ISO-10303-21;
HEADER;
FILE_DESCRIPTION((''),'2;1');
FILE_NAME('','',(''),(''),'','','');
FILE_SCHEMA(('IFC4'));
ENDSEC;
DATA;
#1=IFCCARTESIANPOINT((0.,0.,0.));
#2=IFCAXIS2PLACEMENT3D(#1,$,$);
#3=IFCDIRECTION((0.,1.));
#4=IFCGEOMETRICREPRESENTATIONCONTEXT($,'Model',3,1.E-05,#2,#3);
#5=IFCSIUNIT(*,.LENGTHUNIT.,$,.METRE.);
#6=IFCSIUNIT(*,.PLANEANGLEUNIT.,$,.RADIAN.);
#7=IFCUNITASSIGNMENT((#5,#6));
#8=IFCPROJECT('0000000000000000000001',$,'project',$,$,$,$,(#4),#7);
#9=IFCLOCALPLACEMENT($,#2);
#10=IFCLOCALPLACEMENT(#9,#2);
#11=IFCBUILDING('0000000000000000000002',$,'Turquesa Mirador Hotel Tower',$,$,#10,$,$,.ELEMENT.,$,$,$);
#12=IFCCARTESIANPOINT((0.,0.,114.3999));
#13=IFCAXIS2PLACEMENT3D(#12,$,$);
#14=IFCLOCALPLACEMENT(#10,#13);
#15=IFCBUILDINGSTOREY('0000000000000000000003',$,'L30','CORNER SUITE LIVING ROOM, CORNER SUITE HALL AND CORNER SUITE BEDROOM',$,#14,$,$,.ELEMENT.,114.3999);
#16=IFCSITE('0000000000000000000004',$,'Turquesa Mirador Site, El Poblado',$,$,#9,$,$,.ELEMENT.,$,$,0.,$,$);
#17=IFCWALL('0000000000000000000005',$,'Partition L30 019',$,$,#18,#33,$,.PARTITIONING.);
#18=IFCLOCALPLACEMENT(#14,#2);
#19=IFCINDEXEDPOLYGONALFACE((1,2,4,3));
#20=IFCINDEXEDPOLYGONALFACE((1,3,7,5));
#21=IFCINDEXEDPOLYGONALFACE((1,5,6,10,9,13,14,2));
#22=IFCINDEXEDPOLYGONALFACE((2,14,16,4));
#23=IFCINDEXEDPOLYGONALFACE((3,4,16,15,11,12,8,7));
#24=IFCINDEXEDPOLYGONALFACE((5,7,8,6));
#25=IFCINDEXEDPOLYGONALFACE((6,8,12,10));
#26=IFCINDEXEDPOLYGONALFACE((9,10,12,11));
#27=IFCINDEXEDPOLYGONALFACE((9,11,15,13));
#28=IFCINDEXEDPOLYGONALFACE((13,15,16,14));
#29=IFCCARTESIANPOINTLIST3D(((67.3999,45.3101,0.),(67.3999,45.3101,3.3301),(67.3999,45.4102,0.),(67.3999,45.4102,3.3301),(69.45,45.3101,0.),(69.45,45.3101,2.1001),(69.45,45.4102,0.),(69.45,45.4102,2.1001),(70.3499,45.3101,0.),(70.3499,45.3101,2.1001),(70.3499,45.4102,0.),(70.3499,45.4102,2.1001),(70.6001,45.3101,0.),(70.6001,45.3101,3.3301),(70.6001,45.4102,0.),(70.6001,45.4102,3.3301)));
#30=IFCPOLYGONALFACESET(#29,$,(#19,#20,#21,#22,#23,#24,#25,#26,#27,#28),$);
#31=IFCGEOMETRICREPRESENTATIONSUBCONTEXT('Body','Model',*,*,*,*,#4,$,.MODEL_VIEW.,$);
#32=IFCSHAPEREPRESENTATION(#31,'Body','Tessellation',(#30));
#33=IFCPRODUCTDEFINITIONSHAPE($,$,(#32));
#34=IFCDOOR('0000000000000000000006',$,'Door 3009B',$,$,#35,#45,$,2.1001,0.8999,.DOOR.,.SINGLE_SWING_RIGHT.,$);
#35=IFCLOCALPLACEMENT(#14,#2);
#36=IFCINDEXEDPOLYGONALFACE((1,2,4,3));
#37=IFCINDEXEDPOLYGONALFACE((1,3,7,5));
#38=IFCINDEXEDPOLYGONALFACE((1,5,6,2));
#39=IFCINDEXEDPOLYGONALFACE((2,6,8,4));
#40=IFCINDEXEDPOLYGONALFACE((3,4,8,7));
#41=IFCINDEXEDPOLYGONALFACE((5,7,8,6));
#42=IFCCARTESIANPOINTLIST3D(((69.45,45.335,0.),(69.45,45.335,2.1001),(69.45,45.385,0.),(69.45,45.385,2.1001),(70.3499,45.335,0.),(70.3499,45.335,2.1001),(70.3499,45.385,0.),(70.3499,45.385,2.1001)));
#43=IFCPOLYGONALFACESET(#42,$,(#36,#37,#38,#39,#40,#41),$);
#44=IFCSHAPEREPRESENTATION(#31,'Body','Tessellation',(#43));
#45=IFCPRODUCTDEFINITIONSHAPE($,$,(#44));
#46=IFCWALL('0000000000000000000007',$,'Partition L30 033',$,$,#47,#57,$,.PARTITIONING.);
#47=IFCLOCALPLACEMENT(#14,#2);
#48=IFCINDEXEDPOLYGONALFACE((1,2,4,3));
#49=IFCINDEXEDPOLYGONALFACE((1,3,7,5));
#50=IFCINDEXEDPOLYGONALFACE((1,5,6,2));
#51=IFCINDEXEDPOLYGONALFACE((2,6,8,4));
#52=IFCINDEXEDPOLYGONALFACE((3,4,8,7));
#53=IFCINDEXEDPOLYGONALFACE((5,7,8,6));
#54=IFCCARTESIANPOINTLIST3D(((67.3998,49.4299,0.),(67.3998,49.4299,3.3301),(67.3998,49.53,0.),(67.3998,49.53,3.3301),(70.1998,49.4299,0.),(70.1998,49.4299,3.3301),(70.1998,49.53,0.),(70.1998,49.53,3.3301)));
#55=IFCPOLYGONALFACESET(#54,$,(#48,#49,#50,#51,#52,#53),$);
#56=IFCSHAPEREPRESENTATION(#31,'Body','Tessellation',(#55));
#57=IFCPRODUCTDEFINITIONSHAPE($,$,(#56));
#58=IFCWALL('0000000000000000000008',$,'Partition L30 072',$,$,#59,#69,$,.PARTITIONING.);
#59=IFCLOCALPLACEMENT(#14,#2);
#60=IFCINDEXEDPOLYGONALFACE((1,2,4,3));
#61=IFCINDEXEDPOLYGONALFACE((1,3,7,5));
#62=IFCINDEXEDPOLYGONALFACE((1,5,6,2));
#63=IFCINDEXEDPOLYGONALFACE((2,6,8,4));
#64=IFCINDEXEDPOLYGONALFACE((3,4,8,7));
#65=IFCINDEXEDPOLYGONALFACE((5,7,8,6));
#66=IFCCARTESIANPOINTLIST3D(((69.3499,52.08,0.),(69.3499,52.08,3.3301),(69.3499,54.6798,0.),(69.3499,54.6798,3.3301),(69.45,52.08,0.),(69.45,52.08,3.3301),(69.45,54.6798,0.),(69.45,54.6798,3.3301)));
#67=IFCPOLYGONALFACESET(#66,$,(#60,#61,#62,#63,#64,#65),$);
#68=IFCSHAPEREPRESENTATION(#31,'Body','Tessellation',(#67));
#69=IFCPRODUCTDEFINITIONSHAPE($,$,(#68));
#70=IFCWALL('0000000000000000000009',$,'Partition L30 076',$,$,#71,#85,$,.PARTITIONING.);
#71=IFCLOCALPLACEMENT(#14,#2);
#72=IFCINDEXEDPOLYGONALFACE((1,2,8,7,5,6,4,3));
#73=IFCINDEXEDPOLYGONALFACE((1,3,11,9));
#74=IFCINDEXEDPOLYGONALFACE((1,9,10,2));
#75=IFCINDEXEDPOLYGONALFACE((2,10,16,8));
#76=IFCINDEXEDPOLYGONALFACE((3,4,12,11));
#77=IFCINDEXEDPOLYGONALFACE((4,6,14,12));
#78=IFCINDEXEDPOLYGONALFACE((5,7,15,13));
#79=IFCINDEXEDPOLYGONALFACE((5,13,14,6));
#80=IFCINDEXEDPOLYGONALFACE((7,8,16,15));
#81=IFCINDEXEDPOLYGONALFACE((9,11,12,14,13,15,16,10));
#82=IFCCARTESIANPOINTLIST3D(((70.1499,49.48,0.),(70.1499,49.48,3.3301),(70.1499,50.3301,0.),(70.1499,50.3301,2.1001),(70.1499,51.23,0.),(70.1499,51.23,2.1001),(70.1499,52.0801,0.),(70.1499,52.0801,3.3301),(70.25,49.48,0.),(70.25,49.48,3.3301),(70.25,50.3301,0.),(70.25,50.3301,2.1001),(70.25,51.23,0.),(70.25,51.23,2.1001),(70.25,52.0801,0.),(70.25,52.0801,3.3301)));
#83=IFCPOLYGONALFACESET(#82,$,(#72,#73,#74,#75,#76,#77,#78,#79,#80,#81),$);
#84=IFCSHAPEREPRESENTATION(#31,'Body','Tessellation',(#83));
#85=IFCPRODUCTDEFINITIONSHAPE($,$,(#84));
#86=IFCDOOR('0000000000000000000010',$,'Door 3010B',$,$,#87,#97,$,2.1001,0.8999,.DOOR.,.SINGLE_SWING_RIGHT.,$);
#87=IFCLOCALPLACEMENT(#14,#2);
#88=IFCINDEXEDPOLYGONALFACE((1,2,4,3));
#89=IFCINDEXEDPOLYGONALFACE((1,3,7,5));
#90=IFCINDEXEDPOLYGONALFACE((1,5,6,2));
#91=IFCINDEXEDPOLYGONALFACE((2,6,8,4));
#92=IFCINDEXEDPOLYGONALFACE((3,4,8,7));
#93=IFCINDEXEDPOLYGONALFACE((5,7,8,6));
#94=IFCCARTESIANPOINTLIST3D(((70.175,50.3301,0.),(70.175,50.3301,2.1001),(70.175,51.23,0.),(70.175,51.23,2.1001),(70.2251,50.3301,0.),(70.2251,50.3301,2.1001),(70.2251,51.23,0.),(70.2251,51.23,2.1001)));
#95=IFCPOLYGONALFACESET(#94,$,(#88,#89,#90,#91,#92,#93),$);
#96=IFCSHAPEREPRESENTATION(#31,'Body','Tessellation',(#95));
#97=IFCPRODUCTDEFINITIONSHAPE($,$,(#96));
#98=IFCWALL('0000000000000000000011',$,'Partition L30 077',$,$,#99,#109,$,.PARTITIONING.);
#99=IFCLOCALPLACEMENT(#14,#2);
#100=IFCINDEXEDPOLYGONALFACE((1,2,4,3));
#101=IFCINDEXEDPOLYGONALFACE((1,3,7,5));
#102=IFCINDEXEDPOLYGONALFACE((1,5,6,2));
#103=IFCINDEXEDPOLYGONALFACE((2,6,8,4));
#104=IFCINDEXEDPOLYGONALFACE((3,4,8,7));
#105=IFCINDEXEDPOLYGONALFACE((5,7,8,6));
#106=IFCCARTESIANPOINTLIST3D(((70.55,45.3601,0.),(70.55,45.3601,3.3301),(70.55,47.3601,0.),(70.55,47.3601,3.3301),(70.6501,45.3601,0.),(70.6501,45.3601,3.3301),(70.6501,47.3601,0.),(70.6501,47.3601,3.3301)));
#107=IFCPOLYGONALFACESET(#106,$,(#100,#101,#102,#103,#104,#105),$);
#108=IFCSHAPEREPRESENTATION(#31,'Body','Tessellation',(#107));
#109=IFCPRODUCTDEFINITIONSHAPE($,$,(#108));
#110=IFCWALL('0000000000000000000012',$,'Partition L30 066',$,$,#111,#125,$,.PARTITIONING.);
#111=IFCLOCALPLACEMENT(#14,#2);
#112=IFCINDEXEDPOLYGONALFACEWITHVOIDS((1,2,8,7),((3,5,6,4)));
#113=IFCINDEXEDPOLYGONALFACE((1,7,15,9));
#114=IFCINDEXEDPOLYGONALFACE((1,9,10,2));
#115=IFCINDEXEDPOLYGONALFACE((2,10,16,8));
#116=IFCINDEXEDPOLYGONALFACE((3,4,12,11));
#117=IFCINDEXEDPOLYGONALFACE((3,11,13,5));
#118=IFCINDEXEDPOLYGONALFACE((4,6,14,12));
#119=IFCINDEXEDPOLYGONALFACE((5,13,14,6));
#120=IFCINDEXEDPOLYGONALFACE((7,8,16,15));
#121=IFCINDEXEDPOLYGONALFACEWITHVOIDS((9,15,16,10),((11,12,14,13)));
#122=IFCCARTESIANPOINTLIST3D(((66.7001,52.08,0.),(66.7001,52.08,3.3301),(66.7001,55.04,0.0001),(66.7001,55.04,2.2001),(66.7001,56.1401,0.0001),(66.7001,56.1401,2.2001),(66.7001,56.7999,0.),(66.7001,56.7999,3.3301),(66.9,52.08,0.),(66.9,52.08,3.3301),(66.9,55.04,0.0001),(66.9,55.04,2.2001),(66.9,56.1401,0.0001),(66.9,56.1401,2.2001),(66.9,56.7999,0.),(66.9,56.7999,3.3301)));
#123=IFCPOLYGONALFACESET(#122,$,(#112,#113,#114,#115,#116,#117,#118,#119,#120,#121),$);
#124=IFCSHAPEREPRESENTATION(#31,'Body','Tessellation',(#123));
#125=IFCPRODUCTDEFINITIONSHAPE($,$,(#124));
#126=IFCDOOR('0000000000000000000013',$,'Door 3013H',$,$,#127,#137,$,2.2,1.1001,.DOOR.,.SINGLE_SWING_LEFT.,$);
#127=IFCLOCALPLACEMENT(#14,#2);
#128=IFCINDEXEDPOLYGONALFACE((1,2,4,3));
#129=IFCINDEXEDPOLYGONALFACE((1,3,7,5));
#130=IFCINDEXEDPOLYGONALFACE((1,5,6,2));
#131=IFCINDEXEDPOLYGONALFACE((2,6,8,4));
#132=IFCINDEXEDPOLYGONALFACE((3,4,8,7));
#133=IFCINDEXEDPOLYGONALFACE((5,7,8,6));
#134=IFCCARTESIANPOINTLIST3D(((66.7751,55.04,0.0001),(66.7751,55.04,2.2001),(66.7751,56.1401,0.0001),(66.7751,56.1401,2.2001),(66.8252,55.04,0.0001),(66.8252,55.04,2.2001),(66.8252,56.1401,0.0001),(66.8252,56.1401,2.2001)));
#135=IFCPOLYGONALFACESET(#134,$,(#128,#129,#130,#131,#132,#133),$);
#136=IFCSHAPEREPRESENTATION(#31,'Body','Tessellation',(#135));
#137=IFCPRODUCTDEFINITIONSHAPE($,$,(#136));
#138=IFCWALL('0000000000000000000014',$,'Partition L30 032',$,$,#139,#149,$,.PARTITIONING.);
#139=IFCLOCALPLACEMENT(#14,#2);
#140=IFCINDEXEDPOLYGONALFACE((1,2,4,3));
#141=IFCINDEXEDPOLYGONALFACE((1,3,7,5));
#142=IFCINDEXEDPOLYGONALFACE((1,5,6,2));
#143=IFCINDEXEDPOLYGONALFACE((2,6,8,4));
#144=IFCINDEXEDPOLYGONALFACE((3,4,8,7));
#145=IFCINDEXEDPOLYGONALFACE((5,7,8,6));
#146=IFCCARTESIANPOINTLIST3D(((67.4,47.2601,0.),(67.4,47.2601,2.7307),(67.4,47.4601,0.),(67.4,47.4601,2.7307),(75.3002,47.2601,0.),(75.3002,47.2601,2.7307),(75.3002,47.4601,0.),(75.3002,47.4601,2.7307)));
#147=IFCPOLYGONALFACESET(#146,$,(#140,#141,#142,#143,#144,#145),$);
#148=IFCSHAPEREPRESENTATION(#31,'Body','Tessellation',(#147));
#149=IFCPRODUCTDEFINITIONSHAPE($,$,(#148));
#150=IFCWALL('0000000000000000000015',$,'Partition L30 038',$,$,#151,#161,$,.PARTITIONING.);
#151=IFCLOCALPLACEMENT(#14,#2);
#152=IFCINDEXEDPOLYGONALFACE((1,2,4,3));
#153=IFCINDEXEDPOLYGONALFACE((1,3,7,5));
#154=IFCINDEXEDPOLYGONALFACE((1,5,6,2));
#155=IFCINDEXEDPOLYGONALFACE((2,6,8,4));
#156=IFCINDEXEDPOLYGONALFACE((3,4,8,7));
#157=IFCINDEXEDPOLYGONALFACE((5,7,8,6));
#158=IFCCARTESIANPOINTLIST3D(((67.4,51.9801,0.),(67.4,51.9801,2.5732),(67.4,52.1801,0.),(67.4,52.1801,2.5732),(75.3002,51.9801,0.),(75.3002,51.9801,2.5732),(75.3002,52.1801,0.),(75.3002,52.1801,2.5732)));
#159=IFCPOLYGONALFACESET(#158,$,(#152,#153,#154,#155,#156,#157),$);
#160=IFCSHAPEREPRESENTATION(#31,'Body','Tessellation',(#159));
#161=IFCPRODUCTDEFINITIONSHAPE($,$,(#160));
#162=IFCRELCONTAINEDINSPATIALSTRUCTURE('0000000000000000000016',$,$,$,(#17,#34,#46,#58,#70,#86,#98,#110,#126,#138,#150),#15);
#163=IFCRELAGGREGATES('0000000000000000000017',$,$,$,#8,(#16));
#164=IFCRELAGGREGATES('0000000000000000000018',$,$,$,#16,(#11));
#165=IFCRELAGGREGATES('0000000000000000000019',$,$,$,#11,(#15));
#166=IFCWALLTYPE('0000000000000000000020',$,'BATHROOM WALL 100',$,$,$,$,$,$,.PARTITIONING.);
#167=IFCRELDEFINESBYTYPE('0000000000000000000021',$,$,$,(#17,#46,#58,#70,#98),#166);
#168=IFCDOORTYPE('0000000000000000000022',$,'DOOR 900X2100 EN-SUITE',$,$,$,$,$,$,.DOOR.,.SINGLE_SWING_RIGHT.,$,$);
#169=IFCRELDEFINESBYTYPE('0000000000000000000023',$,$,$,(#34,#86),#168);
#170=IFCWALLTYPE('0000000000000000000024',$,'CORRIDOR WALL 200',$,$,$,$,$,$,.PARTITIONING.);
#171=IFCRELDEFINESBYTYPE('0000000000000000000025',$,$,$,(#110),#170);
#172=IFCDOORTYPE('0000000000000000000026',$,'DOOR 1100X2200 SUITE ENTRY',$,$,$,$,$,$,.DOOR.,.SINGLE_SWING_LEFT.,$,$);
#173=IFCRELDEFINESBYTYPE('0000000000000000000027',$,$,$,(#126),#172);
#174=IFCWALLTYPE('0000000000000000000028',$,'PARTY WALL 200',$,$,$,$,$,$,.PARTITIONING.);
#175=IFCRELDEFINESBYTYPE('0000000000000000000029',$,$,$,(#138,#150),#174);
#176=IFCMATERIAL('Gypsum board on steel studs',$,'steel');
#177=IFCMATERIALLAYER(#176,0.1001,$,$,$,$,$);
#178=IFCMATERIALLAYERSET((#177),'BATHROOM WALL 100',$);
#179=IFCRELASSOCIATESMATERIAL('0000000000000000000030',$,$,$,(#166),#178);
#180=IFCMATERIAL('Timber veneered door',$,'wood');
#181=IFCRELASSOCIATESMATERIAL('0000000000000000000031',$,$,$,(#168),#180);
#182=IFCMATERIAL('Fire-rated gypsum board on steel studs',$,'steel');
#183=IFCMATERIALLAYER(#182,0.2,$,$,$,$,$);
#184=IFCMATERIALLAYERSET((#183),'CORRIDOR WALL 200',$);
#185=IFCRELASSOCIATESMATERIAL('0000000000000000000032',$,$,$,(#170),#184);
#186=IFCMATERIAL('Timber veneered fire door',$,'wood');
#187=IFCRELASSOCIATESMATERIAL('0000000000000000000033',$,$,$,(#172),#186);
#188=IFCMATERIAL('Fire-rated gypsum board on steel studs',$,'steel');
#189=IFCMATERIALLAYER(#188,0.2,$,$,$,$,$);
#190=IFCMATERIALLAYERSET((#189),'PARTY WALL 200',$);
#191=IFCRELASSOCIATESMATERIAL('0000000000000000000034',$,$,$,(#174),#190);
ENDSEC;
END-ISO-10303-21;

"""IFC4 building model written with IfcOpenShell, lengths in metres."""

from ifc_helpers import new_model, si_unit, direction, frame, frame_2d, origin, place, context, subcontext, project, spatial, rectangle, extrude, material, layer, layer_set, type_object, element, fill, save


model = new_model("IFC4")

# Units and contexts
model_context = context("Model", 3, precision=1e-05, world=origin(), true_north=direction((0.0, 1.0)))
body_context = subcontext(model_context, "Body", "Model", "MODEL_VIEW")
ifc_project = project(units=[si_unit("LENGTHUNIT", "METRE"), si_unit("PLANEANGLEUNIT", "RADIAN")], contexts=[model_context])

# Site, building, storey
site_placement = place(None, origin())
site = spatial("IfcSite", under=ifc_project, at=site_placement, Name="Turquesa Mirador Site, El Poblado", CompositionType="ELEMENT", RefElevation=0.0)
building_placement = place(site_placement, origin())
building = spatial("IfcBuilding", under=site, at=building_placement, Name="Turquesa Mirador Hotel Tower", CompositionType="ELEMENT")
storey_placement = place(building_placement, frame((0.0, 0.0, 114.3999)))
storey = spatial("IfcBuildingStorey", under=building, at=storey_placement, Name="L30", Description="CORNER SUITE LIVING ROOM, CORNER SUITE HALL AND CORNER SUITE BEDROOM", CompositionType="ELEMENT", Elevation=114.3999)

# Wall, opening, door
ifc_material_1 = material(Name="Gypsum board on steel studs", Category="steel")
ifc_layer_1 = layer(ifc_material_1, 0.1001)
ifc_layer_set_1 = layer_set([ifc_layer_1], Name="BATHROOM WALL 100")
wall_type_1 = type_object("IfcWallType", Name="BATHROOM WALL 100", PredefinedType="PARTITIONING", material=ifc_layer_set_1)
wall_1_placement = place(storey_placement, frame((67.3999, 45.3601, 0.0), z_axis=(0.0, 0.0, 1.0), x_axis=(1.0, 0.0, 0.0)))
wall_1 = element("IfcWall", 1, at=wall_1_placement, inside=storey, type_object=wall_type_1, Name="Partition L30 019", PredefinedType="PARTITIONING", context=body_context, shape_type="SweptSolid", body=[
    extrude(rectangle(XDim=3.2002, YDim=0.1001, at=frame_2d((1.6001, 0.0))), origin(), (0.0, 0.0, 1.0), 3.3301),
])
opening_1_placement = place(wall_1_placement, frame((2.05, 0.0, 0.0)))
opening_1 = element("IfcOpeningElement", 2, at=opening_1_placement, cuts=wall_1, PredefinedType="OPENING", context=body_context, shape_type="SweptSolid", body=[
    extrude(rectangle(XDim=0.8999, YDim=2.1001, at=frame_2d((0.45, 1.05))), frame((0.0, 0.0601, 0.0), z_axis=(0.0, -1.0, 0.0), x_axis=(1.0, 0.0, 0.0)), (0.0, 0.0, 1.0), 0.1201),
])
ifc_material_2 = material(Name="Timber veneered door", Category="wood")
door_type_1 = type_object("IfcDoorType", Name="DOOR 900X2100 EN-SUITE", OperationType="SINGLE_SWING_RIGHT", PredefinedType="DOOR", material=ifc_material_2)
door_1_placement = place(opening_1_placement, origin())
door_1 = element("IfcDoor", 3, at=door_1_placement, inside=storey, type_object=door_type_1, Name="Door 3009B", OperationType="SINGLE_SWING_RIGHT", OverallHeight=2.1001, OverallWidth=0.8999, PredefinedType="DOOR", context=body_context, shape_type="SweptSolid", body=[
    extrude(rectangle(XDim=0.8999, YDim=2.1001, at=frame_2d((0.45, 1.05))), frame((0.0, 0.0249, 0.0), z_axis=(0.0, -1.0, 0.0), x_axis=(1.0, 0.0, 0.0)), (0.0, 0.0, 1.0), 0.05),
])
fill(opening_1, door_1)

# Walls
wall_2_placement = place(storey_placement, frame((67.3999, 49.48, 0.0), z_axis=(0.0, 0.0, 1.0), x_axis=(1.0, 0.0, 0.0)))
element("IfcWall", 4, at=wall_2_placement, inside=storey, type_object=wall_type_1, Name="Partition L30 033", PredefinedType="PARTITIONING", context=body_context, shape_type="SweptSolid", body=[
    extrude(rectangle(XDim=2.8, YDim=0.1001, at=frame_2d((1.3999, 0.0))), origin(), (0.0, 0.0, 1.0), 3.3301),
])
wall_3_placement = place(storey_placement, frame((69.3999, 52.0801, 0.0), z_axis=(0.0, 0.0, 1.0), x_axis=(0.0, 1.0, 0.0)))
element("IfcWall", 5, at=wall_3_placement, inside=storey, type_object=wall_type_1, Name="Partition L30 072", PredefinedType="PARTITIONING", context=body_context, shape_type="SweptSolid", body=[
    extrude(rectangle(XDim=2.5999, YDim=0.1001, at=frame_2d((1.2998, 0.0))), origin(), (0.0, 0.0, 1.0), 3.3301),
])

# Wall, opening, door
wall_4_placement = place(storey_placement, frame((70.2, 49.48, 0.0), z_axis=(0.0, 0.0, 1.0), x_axis=(0.0, 1.0, 0.0)))
wall_4 = element("IfcWall", 6, at=wall_4_placement, inside=storey, type_object=wall_type_1, Name="Partition L30 076", PredefinedType="PARTITIONING", context=body_context, shape_type="SweptSolid", body=[
    extrude(rectangle(XDim=2.6001, YDim=0.1001, at=frame_2d((1.3, 0.0))), origin(), (0.0, 0.0, 1.0), 3.3301),
])
opening_2_placement = place(wall_4_placement, frame((0.8501, 0.0, 0.0)))
opening_2 = element("IfcOpeningElement", 7, at=opening_2_placement, cuts=wall_4, PredefinedType="OPENING", context=body_context, shape_type="SweptSolid", body=[
    extrude(rectangle(XDim=0.8999, YDim=2.1001, at=frame_2d((0.45, 1.05))), frame((0.0, 0.0601, 0.0), z_axis=(0.0, -1.0, 0.0), x_axis=(1.0, 0.0, 0.0)), (0.0, 0.0, 1.0), 0.1201),
])
door_2_placement = place(opening_2_placement, origin())
door_2 = element("IfcDoor", 8, at=door_2_placement, inside=storey, type_object=door_type_1, Name="Door 3010B", OperationType="SINGLE_SWING_RIGHT", OverallHeight=2.1001, OverallWidth=0.8999, PredefinedType="DOOR", context=body_context, shape_type="SweptSolid", body=[
    extrude(rectangle(XDim=0.8999, YDim=2.1001, at=frame_2d((0.45, 1.05))), frame((0.0, 0.0249, 0.0), z_axis=(0.0, -1.0, 0.0), x_axis=(1.0, 0.0, 0.0)), (0.0, 0.0, 1.0), 0.05),
])
fill(opening_2, door_2)

# Wall
wall_5_placement = place(storey_placement, frame((70.6001, 45.3601, 0.0), z_axis=(0.0, 0.0, 1.0), x_axis=(0.0, 1.0, 0.0)))
element("IfcWall", 9, at=wall_5_placement, inside=storey, type_object=wall_type_1, Name="Partition L30 077", PredefinedType="PARTITIONING", context=body_context, shape_type="SweptSolid", body=[
    extrude(rectangle(XDim=2.0, YDim=0.1001, at=frame_2d((1.0, 0.0))), origin(), (0.0, 0.0, 1.0), 3.3301),
])

# Wall, opening, door
ifc_material_3 = material(Name="Fire-rated gypsum board on steel studs", Category="steel")
ifc_layer_2 = layer(ifc_material_3, 0.2)
ifc_layer_set_2 = layer_set([ifc_layer_2], Name="CORRIDOR WALL 200")
wall_type_2 = type_object("IfcWallType", Name="CORRIDOR WALL 200", PredefinedType="PARTITIONING", material=ifc_layer_set_2)
wall_6_placement = place(storey_placement, frame((66.8, 52.0801, 0.0), z_axis=(0.0, 0.0, 1.0), x_axis=(0.0, 1.0, 0.0)))
wall_6 = element("IfcWall", 10, at=wall_6_placement, inside=storey, type_object=wall_type_2, Name="Partition L30 066", PredefinedType="PARTITIONING", context=body_context, shape_type="SweptSolid", body=[
    extrude(rectangle(XDim=4.72, YDim=0.2, at=frame_2d((2.3599, 0.0))), origin(), (0.0, 0.0, 1.0), 3.3301),
])
opening_3_placement = place(wall_6_placement, frame((2.96, 0.0, 0.0)))
opening_3 = element("IfcOpeningElement", 11, at=opening_3_placement, cuts=wall_6, PredefinedType="OPENING", context=body_context, shape_type="SweptSolid", body=[
    extrude(rectangle(XDim=1.1001, YDim=2.2, at=frame_2d((0.55, 1.1001))), frame((0.0, 0.1099, 0.0), z_axis=(0.0, -1.0, 0.0), x_axis=(1.0, 0.0, 0.0)), (0.0, 0.0, 1.0), 0.22),
])
ifc_material_4 = material(Name="Timber veneered fire door", Category="wood")
door_type_2 = type_object("IfcDoorType", Name="DOOR 1100X2200 SUITE ENTRY", OperationType="SINGLE_SWING_LEFT", PredefinedType="DOOR", material=ifc_material_4)
door_3_placement = place(opening_3_placement, origin())
door_3 = element("IfcDoor", 12, at=door_3_placement, inside=storey, type_object=door_type_2, Name="Door 3013H", OperationType="SINGLE_SWING_LEFT", OverallHeight=2.2, OverallWidth=1.1001, PredefinedType="DOOR", context=body_context, shape_type="SweptSolid", body=[
    extrude(rectangle(XDim=1.1001, YDim=2.2, at=frame_2d((0.55, 1.1001))), frame((0.0, 0.0249, 0.0), z_axis=(0.0, -1.0, 0.0), x_axis=(1.0, 0.0, 0.0)), (0.0, 0.0, 1.0), 0.05),
])
fill(opening_3, door_3)

# Walls
ifc_material_5 = material(Name="Fire-rated gypsum board on steel studs", Category="steel")
ifc_layer_3 = layer(ifc_material_5, 0.2)
ifc_layer_set_3 = layer_set([ifc_layer_3], Name="PARTY WALL 200")
wall_type_3 = type_object("IfcWallType", Name="PARTY WALL 200", PredefinedType="PARTITIONING", material=ifc_layer_set_3)
wall_7_placement = place(storey_placement, frame((67.3999, 47.3601, 0.0), z_axis=(0.0, 0.0, 1.0), x_axis=(1.0, 0.0, 0.0)))
element("IfcWall", 13, at=wall_7_placement, inside=storey, type_object=wall_type_3, Name="Partition L30 032", PredefinedType="PARTITIONING", context=body_context, shape_type="SweptSolid", body=[
    extrude(rectangle(XDim=7.9001, YDim=0.2, at=frame_2d((3.9502, 0.0))), origin(), (0.0, 0.0, 1.0), 2.7307),
])
wall_8_placement = place(storey_placement, frame((67.3999, 52.0801, 0.0), z_axis=(0.0, 0.0, 1.0), x_axis=(1.0, 0.0, 0.0)))
element("IfcWall", 14, at=wall_8_placement, inside=storey, type_object=wall_type_3, Name="Partition L30 038", PredefinedType="PARTITIONING", context=body_context, shape_type="SweptSolid", body=[
    extrude(rectangle(XDim=7.9001, YDim=0.2, at=frame_2d((3.9502, 0.0))), origin(), (0.0, 0.0, 1.0), 2.5732),
])

save(model, "model.ifc")
